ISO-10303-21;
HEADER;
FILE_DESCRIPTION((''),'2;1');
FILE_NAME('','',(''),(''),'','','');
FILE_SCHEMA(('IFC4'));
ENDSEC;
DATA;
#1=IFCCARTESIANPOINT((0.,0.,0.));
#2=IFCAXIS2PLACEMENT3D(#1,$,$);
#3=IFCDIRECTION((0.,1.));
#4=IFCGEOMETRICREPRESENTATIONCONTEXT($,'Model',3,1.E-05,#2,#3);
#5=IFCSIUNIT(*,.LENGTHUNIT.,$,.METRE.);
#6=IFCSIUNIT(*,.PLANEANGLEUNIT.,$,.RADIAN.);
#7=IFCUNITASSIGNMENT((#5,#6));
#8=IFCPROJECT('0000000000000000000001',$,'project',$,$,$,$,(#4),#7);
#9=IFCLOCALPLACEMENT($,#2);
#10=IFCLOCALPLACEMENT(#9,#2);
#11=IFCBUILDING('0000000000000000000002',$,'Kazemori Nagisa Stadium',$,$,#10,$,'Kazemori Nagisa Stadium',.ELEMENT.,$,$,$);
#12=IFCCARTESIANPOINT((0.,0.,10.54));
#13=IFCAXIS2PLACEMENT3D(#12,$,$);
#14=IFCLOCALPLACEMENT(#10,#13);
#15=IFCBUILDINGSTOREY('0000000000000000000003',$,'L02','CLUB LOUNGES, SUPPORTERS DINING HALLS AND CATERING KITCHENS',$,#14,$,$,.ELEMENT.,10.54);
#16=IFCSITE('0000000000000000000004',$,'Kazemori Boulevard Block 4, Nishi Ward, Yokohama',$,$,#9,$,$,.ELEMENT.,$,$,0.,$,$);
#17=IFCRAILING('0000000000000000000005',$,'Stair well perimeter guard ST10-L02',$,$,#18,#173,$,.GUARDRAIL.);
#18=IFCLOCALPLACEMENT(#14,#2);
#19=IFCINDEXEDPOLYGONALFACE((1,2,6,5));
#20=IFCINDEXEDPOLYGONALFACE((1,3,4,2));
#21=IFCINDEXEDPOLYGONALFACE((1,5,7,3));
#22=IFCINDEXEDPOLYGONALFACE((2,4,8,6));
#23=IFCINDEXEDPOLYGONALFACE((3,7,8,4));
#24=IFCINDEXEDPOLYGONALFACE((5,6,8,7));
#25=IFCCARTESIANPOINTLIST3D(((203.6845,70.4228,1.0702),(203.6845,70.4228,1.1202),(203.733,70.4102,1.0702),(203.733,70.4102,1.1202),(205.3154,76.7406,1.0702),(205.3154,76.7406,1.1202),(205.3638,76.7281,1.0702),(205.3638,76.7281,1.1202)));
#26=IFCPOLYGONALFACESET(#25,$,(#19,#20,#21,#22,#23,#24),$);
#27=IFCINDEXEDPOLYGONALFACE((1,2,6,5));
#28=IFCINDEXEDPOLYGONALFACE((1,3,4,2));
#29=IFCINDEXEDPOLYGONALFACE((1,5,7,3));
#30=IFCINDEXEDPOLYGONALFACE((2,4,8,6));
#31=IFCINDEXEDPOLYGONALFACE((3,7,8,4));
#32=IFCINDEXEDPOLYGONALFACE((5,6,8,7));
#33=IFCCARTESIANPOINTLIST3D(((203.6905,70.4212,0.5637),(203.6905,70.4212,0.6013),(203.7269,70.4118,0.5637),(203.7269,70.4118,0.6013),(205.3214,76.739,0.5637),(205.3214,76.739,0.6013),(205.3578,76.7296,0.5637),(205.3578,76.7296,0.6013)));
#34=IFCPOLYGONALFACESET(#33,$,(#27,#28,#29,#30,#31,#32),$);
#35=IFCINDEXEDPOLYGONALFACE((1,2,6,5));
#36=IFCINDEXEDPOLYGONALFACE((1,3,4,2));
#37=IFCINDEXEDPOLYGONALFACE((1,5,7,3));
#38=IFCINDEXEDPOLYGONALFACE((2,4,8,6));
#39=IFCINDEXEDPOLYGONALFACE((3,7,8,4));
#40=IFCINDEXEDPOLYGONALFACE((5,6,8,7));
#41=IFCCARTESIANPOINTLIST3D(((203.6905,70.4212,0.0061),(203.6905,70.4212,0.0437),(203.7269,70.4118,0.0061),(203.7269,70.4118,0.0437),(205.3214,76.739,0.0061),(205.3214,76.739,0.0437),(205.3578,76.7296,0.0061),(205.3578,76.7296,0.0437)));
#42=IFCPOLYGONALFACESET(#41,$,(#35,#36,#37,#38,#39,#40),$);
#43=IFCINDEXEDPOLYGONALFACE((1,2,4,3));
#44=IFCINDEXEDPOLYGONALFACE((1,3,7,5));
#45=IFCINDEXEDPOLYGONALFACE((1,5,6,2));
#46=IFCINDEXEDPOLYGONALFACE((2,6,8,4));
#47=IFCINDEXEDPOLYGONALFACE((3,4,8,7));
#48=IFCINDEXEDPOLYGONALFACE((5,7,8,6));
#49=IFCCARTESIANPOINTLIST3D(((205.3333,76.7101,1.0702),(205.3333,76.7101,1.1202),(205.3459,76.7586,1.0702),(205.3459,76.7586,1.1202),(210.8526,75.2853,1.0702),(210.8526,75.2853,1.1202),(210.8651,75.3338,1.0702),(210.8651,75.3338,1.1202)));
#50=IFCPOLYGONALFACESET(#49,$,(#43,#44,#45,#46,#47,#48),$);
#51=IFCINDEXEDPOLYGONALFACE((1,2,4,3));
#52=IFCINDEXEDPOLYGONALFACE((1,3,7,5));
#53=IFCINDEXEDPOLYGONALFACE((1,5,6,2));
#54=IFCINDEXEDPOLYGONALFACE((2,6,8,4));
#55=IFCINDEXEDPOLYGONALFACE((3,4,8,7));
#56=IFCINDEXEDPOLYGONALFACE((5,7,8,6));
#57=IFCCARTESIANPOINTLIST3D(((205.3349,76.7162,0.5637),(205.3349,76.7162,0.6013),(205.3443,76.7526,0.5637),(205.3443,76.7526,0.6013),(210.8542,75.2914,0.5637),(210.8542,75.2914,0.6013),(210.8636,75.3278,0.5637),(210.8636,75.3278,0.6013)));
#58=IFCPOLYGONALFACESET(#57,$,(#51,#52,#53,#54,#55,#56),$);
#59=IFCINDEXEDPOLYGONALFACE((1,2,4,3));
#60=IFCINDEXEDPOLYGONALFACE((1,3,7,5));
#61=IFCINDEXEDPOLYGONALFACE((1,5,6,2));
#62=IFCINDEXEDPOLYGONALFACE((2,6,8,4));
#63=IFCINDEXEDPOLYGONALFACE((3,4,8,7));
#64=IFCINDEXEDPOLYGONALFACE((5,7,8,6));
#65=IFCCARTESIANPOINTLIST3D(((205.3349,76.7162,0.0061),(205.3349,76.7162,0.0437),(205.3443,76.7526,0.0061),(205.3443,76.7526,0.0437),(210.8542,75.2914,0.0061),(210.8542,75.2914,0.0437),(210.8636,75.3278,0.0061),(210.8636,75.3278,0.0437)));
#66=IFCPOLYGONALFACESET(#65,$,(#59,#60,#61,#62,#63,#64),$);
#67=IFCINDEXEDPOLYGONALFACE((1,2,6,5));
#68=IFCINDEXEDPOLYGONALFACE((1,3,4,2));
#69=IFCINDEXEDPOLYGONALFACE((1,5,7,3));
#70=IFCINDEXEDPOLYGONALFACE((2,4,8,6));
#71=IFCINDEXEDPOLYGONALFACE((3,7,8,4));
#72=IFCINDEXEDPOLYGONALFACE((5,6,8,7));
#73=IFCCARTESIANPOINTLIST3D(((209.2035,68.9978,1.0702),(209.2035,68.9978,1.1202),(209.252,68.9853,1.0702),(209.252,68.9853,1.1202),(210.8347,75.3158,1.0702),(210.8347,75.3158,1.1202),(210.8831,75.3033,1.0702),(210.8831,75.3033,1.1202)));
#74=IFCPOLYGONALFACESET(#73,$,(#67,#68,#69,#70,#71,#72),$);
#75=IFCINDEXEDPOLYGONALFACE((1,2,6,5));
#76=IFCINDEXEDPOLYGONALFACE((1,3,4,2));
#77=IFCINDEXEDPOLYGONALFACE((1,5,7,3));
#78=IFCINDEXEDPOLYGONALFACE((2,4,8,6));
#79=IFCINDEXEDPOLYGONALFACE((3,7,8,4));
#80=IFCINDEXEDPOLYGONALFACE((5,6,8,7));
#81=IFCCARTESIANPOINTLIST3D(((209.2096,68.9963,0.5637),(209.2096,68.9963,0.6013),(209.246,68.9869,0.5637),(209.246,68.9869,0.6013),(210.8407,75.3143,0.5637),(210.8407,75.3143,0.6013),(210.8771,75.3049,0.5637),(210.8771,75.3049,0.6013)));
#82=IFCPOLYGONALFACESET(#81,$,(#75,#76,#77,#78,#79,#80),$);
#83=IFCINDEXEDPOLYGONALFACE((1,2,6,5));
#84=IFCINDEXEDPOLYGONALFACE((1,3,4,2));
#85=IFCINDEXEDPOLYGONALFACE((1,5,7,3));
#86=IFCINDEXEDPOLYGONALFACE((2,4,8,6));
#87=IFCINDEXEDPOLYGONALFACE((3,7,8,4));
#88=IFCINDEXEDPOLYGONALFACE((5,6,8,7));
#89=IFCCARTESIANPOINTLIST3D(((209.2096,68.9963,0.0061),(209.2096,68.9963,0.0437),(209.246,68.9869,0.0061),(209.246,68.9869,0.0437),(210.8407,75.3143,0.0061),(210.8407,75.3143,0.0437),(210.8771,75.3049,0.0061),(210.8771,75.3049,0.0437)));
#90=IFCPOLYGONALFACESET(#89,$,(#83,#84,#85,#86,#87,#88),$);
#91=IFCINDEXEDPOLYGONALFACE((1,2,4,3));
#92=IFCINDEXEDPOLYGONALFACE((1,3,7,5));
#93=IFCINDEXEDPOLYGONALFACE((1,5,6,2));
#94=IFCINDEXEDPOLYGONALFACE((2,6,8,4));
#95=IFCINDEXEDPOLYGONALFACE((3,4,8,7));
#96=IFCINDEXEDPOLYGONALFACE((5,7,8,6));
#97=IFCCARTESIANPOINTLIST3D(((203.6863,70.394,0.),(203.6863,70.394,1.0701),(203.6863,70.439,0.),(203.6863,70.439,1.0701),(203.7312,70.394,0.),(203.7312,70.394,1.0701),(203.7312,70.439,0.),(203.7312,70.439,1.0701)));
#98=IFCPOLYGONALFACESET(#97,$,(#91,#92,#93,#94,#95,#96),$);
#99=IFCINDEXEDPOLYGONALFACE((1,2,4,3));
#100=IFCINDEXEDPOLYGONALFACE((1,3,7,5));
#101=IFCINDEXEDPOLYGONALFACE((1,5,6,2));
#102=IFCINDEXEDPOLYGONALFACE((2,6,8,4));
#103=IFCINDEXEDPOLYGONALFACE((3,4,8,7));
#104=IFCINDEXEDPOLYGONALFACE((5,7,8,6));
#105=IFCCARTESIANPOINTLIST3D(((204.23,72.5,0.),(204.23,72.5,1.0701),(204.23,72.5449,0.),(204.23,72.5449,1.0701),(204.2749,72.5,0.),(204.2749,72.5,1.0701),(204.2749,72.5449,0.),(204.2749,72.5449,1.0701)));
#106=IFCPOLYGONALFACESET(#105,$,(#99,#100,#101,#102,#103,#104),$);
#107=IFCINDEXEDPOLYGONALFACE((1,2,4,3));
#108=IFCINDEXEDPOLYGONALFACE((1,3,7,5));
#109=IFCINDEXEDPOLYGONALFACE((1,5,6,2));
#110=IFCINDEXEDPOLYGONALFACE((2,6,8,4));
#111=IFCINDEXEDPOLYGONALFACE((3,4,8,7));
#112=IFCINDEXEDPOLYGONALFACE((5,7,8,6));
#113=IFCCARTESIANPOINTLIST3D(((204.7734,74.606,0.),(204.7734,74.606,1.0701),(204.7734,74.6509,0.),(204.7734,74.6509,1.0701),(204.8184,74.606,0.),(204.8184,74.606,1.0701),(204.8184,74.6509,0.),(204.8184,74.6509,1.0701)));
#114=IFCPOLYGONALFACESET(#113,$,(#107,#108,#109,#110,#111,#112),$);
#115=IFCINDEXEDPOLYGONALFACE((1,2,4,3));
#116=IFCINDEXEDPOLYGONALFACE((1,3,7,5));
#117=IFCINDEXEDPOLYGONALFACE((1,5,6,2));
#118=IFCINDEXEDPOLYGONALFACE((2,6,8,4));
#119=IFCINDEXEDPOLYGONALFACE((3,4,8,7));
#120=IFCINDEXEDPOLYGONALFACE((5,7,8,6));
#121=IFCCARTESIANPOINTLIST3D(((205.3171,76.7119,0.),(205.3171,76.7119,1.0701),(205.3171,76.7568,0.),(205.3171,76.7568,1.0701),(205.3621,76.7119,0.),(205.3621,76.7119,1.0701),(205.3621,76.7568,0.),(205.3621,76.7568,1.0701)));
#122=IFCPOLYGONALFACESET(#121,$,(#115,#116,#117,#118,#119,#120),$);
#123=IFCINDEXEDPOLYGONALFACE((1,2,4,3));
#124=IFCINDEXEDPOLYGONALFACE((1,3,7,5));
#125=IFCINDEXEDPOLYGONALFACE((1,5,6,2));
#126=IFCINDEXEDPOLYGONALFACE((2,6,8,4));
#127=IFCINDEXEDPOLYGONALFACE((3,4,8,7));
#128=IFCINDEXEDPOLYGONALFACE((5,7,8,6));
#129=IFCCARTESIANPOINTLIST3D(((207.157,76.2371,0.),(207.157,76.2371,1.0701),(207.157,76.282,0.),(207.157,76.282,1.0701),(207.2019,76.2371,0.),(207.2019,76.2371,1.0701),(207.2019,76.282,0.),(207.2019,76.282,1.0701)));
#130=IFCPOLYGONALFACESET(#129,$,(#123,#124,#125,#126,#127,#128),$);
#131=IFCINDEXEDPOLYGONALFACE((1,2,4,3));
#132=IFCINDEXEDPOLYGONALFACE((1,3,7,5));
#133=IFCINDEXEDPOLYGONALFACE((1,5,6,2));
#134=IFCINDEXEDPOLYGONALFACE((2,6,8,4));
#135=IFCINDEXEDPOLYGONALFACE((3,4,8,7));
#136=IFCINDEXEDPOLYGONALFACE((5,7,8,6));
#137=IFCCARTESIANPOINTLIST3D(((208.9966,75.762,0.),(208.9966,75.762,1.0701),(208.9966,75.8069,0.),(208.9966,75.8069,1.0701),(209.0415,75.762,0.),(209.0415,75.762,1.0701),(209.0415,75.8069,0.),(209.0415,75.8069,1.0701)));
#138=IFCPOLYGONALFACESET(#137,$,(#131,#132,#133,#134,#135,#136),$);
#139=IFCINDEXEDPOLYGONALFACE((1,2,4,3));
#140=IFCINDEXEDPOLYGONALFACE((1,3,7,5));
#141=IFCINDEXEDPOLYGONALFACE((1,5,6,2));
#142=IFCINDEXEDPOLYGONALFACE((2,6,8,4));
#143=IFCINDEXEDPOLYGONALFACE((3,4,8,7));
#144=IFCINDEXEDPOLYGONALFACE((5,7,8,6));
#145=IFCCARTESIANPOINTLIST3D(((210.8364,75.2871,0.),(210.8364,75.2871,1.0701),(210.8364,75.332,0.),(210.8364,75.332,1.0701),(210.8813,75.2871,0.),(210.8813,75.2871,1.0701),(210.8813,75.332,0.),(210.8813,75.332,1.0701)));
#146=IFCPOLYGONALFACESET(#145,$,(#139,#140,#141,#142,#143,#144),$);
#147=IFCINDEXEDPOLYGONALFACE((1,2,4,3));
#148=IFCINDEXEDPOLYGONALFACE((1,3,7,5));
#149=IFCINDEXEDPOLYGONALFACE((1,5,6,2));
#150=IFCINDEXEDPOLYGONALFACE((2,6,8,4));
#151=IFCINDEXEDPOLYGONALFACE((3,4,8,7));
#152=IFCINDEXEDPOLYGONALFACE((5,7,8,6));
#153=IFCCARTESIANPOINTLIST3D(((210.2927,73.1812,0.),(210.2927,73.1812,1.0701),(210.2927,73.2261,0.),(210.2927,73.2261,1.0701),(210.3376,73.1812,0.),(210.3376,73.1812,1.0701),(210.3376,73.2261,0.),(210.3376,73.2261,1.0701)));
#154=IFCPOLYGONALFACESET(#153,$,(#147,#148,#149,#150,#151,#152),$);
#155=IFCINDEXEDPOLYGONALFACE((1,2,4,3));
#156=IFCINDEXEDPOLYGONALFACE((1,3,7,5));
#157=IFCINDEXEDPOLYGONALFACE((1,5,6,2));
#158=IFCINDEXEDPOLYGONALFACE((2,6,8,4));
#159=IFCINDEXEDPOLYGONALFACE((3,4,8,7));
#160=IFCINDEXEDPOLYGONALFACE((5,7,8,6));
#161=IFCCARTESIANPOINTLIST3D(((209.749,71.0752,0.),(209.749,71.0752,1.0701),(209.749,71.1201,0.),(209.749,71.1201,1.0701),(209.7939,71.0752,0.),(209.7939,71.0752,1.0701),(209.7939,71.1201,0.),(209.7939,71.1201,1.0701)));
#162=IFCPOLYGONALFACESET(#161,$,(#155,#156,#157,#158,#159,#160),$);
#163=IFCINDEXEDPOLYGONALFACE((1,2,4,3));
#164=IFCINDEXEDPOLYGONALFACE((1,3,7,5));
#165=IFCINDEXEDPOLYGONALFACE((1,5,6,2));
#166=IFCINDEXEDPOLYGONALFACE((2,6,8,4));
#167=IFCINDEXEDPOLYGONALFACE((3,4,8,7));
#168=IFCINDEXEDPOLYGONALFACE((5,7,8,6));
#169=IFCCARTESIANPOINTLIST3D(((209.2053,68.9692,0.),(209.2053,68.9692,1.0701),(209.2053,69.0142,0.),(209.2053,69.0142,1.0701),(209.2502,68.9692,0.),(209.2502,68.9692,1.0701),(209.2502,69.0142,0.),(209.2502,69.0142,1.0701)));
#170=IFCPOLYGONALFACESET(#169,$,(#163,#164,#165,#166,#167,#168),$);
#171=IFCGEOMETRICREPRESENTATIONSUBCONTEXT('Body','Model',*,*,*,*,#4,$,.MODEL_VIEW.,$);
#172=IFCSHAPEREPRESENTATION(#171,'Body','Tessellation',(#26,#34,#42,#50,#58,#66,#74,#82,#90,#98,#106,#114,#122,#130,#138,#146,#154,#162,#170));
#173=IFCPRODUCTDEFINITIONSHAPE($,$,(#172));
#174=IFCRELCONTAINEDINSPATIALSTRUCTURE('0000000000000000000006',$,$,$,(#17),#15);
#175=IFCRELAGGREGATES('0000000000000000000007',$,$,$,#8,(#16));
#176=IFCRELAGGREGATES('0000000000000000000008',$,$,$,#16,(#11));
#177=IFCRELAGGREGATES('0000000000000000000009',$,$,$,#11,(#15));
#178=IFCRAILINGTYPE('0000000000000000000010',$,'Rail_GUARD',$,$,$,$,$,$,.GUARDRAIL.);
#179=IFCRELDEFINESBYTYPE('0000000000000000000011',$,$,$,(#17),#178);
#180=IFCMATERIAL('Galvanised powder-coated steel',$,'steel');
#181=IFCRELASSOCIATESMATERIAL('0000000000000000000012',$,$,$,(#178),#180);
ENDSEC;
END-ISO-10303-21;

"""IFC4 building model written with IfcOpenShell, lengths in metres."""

from ifc_helpers import new_model, si_unit, direction, frame, origin, origin_2d, place, context, subcontext, project, spatial, rectangle, extrude, material, type_object, element, save


model = new_model("IFC4")

# Units and contexts
model_context = context("Model", 3, precision=1e-05, world=origin(), true_north=direction((0.0, 1.0)))
body_context = subcontext(model_context, "Body", "Model", "MODEL_VIEW")
ifc_project = project(units=[si_unit("LENGTHUNIT", "METRE"), si_unit("PLANEANGLEUNIT", "RADIAN")], contexts=[model_context])

# Site, building, storey
site_placement = place(None, origin())
site = spatial("IfcSite", under=ifc_project, at=site_placement, Name="Kazemori Boulevard Block 4, Nishi Ward, Yokohama", CompositionType="ELEMENT", RefElevation=0.0)
building_placement = place(site_placement, origin())
building = spatial("IfcBuilding", under=site, at=building_placement, Name="Kazemori Nagisa Stadium", LongName="Kazemori Nagisa Stadium", CompositionType="ELEMENT")
storey_placement = place(building_placement, frame((0.0, 0.0, 10.54)))
storey = spatial("IfcBuildingStorey", under=building, at=storey_placement, Name="L02", Description="CLUB LOUNGES, SUPPORTERS DINING HALLS AND CATERING KITCHENS", CompositionType="ELEMENT", Elevation=10.54)

# Railing
ifc_material_1 = material(Name="Galvanised powder-coated steel", Category="steel")
railing_type_1 = type_object("IfcRailingType", Name="Rail_GUARD", PredefinedType="GUARDRAIL", material=ifc_material_1)
railing_1_placement = place(storey_placement, frame((203.7087, 70.4165, 0.0)))
element("IfcRailing", 1, at=railing_1_placement, inside=storey, type_object=railing_type_1, Name="Stair well perimeter guard ST10-L02", PredefinedType="GUARDRAIL", context=body_context, shape_type="SweptSolid", body=[
    extrude(rectangle(XDim=0.05, YDim=0.05, at=origin_2d()), frame((0.0, 0.0, 1.0952), z_axis=(0.249941, 0.968261, 0.0), x_axis=(-0.968261, 0.249941, 0.0)), (0.0, 0.0, 1.0), 6.5249),
    extrude(rectangle(XDim=0.0376, YDim=0.0376, at=origin_2d()), frame((0.0, 0.0, 0.5825), z_axis=(0.249941, 0.968261, 0.0), x_axis=(-0.968261, 0.249941, 0.0)), (0.0, 0.0, 1.0), 6.5249),
    extrude(rectangle(XDim=0.0376, YDim=0.0376, at=origin_2d()), frame((0.0, 0.0, 0.0249), z_axis=(0.249941, 0.968261, 0.0), x_axis=(-0.968261, 0.249941, 0.0)), (0.0, 0.0, 1.0), 6.5249),
    extrude(rectangle(XDim=0.05, YDim=0.05, at=origin_2d()), frame((1.6309, 6.3179, 1.0952), z_axis=(0.968257, -0.249956, 0.0), x_axis=(0.249956, 0.968257, 0.0)), (0.0, 0.0, 1.0), 5.7002),
    extrude(rectangle(XDim=0.0376, YDim=0.0376, at=origin_2d()), frame((1.6309, 6.3179, 0.5825), z_axis=(0.968257, -0.249956, 0.0), x_axis=(0.249956, 0.968257, 0.0)), (0.0, 0.0, 1.0), 5.7002),
    extrude(rectangle(XDim=0.0376, YDim=0.0376, at=origin_2d()), frame((1.6309, 6.3179, 0.0249), z_axis=(0.968257, -0.249956, 0.0), x_axis=(0.249956, 0.968257, 0.0)), (0.0, 0.0, 1.0), 5.7002),
    extrude(rectangle(XDim=0.05, YDim=0.05, at=origin_2d()), frame((7.1501, 4.8931, 1.0952), z_axis=(-0.249976, -0.968252, 0.0), x_axis=(0.968252, -0.249976, 0.0)), (0.0, 0.0, 1.0), 6.5251),
    extrude(rectangle(XDim=0.0376, YDim=0.0376, at=origin_2d()), frame((7.1501, 4.8931, 0.5825), z_axis=(-0.249976, -0.968252, 0.0), x_axis=(0.968252, -0.249976, 0.0)), (0.0, 0.0, 1.0), 6.5251),
    extrude(rectangle(XDim=0.0376, YDim=0.0376, at=origin_2d()), frame((7.1501, 4.8931, 0.0249), z_axis=(-0.249976, -0.968252, 0.0), x_axis=(0.968252, -0.249976, 0.0)), (0.0, 0.0, 1.0), 6.5251),
    extrude(rectangle(XDim=0.0449, YDim=0.0449, at=origin_2d()), origin(), (0.0, 0.0, 1.0), 1.0701),
    extrude(rectangle(XDim=0.0449, YDim=0.0449, at=origin_2d()), frame((0.5437, 2.106, 0.0)), (0.0, 0.0, 1.0), 1.0701),
    extrude(rectangle(XDim=0.0449, YDim=0.0449, at=origin_2d()), frame((1.0872, 4.2119, 0.0)), (0.0, 0.0, 1.0), 1.0701),
    extrude(rectangle(XDim=0.0449, YDim=0.0449, at=origin_2d()), frame((1.6309, 6.3179, 0.0)), (0.0, 0.0, 1.0), 1.0701),
    extrude(rectangle(XDim=0.0449, YDim=0.0449, at=origin_2d()), frame((3.4707, 5.843, 0.0)), (0.0, 0.0, 1.0), 1.0701),
    extrude(rectangle(XDim=0.0449, YDim=0.0449, at=origin_2d()), frame((5.3103, 5.3679, 0.0)), (0.0, 0.0, 1.0), 1.0701),
    extrude(rectangle(XDim=0.0449, YDim=0.0449, at=origin_2d()), frame((7.1501, 4.8931, 0.0)), (0.0, 0.0, 1.0), 1.0701),
    extrude(rectangle(XDim=0.0449, YDim=0.0449, at=origin_2d()), frame((6.6064, 2.7871, 0.0)), (0.0, 0.0, 1.0), 1.0701),
    extrude(rectangle(XDim=0.0449, YDim=0.0449, at=origin_2d()), frame((6.0627, 0.6812, 0.0)), (0.0, 0.0, 1.0), 1.0701),
    extrude(rectangle(XDim=0.0449, YDim=0.0449, at=origin_2d()), frame((5.519, -1.4248, 0.0)), (0.0, 0.0, 1.0), 1.0701),
])

save(model, "model.ifc")
